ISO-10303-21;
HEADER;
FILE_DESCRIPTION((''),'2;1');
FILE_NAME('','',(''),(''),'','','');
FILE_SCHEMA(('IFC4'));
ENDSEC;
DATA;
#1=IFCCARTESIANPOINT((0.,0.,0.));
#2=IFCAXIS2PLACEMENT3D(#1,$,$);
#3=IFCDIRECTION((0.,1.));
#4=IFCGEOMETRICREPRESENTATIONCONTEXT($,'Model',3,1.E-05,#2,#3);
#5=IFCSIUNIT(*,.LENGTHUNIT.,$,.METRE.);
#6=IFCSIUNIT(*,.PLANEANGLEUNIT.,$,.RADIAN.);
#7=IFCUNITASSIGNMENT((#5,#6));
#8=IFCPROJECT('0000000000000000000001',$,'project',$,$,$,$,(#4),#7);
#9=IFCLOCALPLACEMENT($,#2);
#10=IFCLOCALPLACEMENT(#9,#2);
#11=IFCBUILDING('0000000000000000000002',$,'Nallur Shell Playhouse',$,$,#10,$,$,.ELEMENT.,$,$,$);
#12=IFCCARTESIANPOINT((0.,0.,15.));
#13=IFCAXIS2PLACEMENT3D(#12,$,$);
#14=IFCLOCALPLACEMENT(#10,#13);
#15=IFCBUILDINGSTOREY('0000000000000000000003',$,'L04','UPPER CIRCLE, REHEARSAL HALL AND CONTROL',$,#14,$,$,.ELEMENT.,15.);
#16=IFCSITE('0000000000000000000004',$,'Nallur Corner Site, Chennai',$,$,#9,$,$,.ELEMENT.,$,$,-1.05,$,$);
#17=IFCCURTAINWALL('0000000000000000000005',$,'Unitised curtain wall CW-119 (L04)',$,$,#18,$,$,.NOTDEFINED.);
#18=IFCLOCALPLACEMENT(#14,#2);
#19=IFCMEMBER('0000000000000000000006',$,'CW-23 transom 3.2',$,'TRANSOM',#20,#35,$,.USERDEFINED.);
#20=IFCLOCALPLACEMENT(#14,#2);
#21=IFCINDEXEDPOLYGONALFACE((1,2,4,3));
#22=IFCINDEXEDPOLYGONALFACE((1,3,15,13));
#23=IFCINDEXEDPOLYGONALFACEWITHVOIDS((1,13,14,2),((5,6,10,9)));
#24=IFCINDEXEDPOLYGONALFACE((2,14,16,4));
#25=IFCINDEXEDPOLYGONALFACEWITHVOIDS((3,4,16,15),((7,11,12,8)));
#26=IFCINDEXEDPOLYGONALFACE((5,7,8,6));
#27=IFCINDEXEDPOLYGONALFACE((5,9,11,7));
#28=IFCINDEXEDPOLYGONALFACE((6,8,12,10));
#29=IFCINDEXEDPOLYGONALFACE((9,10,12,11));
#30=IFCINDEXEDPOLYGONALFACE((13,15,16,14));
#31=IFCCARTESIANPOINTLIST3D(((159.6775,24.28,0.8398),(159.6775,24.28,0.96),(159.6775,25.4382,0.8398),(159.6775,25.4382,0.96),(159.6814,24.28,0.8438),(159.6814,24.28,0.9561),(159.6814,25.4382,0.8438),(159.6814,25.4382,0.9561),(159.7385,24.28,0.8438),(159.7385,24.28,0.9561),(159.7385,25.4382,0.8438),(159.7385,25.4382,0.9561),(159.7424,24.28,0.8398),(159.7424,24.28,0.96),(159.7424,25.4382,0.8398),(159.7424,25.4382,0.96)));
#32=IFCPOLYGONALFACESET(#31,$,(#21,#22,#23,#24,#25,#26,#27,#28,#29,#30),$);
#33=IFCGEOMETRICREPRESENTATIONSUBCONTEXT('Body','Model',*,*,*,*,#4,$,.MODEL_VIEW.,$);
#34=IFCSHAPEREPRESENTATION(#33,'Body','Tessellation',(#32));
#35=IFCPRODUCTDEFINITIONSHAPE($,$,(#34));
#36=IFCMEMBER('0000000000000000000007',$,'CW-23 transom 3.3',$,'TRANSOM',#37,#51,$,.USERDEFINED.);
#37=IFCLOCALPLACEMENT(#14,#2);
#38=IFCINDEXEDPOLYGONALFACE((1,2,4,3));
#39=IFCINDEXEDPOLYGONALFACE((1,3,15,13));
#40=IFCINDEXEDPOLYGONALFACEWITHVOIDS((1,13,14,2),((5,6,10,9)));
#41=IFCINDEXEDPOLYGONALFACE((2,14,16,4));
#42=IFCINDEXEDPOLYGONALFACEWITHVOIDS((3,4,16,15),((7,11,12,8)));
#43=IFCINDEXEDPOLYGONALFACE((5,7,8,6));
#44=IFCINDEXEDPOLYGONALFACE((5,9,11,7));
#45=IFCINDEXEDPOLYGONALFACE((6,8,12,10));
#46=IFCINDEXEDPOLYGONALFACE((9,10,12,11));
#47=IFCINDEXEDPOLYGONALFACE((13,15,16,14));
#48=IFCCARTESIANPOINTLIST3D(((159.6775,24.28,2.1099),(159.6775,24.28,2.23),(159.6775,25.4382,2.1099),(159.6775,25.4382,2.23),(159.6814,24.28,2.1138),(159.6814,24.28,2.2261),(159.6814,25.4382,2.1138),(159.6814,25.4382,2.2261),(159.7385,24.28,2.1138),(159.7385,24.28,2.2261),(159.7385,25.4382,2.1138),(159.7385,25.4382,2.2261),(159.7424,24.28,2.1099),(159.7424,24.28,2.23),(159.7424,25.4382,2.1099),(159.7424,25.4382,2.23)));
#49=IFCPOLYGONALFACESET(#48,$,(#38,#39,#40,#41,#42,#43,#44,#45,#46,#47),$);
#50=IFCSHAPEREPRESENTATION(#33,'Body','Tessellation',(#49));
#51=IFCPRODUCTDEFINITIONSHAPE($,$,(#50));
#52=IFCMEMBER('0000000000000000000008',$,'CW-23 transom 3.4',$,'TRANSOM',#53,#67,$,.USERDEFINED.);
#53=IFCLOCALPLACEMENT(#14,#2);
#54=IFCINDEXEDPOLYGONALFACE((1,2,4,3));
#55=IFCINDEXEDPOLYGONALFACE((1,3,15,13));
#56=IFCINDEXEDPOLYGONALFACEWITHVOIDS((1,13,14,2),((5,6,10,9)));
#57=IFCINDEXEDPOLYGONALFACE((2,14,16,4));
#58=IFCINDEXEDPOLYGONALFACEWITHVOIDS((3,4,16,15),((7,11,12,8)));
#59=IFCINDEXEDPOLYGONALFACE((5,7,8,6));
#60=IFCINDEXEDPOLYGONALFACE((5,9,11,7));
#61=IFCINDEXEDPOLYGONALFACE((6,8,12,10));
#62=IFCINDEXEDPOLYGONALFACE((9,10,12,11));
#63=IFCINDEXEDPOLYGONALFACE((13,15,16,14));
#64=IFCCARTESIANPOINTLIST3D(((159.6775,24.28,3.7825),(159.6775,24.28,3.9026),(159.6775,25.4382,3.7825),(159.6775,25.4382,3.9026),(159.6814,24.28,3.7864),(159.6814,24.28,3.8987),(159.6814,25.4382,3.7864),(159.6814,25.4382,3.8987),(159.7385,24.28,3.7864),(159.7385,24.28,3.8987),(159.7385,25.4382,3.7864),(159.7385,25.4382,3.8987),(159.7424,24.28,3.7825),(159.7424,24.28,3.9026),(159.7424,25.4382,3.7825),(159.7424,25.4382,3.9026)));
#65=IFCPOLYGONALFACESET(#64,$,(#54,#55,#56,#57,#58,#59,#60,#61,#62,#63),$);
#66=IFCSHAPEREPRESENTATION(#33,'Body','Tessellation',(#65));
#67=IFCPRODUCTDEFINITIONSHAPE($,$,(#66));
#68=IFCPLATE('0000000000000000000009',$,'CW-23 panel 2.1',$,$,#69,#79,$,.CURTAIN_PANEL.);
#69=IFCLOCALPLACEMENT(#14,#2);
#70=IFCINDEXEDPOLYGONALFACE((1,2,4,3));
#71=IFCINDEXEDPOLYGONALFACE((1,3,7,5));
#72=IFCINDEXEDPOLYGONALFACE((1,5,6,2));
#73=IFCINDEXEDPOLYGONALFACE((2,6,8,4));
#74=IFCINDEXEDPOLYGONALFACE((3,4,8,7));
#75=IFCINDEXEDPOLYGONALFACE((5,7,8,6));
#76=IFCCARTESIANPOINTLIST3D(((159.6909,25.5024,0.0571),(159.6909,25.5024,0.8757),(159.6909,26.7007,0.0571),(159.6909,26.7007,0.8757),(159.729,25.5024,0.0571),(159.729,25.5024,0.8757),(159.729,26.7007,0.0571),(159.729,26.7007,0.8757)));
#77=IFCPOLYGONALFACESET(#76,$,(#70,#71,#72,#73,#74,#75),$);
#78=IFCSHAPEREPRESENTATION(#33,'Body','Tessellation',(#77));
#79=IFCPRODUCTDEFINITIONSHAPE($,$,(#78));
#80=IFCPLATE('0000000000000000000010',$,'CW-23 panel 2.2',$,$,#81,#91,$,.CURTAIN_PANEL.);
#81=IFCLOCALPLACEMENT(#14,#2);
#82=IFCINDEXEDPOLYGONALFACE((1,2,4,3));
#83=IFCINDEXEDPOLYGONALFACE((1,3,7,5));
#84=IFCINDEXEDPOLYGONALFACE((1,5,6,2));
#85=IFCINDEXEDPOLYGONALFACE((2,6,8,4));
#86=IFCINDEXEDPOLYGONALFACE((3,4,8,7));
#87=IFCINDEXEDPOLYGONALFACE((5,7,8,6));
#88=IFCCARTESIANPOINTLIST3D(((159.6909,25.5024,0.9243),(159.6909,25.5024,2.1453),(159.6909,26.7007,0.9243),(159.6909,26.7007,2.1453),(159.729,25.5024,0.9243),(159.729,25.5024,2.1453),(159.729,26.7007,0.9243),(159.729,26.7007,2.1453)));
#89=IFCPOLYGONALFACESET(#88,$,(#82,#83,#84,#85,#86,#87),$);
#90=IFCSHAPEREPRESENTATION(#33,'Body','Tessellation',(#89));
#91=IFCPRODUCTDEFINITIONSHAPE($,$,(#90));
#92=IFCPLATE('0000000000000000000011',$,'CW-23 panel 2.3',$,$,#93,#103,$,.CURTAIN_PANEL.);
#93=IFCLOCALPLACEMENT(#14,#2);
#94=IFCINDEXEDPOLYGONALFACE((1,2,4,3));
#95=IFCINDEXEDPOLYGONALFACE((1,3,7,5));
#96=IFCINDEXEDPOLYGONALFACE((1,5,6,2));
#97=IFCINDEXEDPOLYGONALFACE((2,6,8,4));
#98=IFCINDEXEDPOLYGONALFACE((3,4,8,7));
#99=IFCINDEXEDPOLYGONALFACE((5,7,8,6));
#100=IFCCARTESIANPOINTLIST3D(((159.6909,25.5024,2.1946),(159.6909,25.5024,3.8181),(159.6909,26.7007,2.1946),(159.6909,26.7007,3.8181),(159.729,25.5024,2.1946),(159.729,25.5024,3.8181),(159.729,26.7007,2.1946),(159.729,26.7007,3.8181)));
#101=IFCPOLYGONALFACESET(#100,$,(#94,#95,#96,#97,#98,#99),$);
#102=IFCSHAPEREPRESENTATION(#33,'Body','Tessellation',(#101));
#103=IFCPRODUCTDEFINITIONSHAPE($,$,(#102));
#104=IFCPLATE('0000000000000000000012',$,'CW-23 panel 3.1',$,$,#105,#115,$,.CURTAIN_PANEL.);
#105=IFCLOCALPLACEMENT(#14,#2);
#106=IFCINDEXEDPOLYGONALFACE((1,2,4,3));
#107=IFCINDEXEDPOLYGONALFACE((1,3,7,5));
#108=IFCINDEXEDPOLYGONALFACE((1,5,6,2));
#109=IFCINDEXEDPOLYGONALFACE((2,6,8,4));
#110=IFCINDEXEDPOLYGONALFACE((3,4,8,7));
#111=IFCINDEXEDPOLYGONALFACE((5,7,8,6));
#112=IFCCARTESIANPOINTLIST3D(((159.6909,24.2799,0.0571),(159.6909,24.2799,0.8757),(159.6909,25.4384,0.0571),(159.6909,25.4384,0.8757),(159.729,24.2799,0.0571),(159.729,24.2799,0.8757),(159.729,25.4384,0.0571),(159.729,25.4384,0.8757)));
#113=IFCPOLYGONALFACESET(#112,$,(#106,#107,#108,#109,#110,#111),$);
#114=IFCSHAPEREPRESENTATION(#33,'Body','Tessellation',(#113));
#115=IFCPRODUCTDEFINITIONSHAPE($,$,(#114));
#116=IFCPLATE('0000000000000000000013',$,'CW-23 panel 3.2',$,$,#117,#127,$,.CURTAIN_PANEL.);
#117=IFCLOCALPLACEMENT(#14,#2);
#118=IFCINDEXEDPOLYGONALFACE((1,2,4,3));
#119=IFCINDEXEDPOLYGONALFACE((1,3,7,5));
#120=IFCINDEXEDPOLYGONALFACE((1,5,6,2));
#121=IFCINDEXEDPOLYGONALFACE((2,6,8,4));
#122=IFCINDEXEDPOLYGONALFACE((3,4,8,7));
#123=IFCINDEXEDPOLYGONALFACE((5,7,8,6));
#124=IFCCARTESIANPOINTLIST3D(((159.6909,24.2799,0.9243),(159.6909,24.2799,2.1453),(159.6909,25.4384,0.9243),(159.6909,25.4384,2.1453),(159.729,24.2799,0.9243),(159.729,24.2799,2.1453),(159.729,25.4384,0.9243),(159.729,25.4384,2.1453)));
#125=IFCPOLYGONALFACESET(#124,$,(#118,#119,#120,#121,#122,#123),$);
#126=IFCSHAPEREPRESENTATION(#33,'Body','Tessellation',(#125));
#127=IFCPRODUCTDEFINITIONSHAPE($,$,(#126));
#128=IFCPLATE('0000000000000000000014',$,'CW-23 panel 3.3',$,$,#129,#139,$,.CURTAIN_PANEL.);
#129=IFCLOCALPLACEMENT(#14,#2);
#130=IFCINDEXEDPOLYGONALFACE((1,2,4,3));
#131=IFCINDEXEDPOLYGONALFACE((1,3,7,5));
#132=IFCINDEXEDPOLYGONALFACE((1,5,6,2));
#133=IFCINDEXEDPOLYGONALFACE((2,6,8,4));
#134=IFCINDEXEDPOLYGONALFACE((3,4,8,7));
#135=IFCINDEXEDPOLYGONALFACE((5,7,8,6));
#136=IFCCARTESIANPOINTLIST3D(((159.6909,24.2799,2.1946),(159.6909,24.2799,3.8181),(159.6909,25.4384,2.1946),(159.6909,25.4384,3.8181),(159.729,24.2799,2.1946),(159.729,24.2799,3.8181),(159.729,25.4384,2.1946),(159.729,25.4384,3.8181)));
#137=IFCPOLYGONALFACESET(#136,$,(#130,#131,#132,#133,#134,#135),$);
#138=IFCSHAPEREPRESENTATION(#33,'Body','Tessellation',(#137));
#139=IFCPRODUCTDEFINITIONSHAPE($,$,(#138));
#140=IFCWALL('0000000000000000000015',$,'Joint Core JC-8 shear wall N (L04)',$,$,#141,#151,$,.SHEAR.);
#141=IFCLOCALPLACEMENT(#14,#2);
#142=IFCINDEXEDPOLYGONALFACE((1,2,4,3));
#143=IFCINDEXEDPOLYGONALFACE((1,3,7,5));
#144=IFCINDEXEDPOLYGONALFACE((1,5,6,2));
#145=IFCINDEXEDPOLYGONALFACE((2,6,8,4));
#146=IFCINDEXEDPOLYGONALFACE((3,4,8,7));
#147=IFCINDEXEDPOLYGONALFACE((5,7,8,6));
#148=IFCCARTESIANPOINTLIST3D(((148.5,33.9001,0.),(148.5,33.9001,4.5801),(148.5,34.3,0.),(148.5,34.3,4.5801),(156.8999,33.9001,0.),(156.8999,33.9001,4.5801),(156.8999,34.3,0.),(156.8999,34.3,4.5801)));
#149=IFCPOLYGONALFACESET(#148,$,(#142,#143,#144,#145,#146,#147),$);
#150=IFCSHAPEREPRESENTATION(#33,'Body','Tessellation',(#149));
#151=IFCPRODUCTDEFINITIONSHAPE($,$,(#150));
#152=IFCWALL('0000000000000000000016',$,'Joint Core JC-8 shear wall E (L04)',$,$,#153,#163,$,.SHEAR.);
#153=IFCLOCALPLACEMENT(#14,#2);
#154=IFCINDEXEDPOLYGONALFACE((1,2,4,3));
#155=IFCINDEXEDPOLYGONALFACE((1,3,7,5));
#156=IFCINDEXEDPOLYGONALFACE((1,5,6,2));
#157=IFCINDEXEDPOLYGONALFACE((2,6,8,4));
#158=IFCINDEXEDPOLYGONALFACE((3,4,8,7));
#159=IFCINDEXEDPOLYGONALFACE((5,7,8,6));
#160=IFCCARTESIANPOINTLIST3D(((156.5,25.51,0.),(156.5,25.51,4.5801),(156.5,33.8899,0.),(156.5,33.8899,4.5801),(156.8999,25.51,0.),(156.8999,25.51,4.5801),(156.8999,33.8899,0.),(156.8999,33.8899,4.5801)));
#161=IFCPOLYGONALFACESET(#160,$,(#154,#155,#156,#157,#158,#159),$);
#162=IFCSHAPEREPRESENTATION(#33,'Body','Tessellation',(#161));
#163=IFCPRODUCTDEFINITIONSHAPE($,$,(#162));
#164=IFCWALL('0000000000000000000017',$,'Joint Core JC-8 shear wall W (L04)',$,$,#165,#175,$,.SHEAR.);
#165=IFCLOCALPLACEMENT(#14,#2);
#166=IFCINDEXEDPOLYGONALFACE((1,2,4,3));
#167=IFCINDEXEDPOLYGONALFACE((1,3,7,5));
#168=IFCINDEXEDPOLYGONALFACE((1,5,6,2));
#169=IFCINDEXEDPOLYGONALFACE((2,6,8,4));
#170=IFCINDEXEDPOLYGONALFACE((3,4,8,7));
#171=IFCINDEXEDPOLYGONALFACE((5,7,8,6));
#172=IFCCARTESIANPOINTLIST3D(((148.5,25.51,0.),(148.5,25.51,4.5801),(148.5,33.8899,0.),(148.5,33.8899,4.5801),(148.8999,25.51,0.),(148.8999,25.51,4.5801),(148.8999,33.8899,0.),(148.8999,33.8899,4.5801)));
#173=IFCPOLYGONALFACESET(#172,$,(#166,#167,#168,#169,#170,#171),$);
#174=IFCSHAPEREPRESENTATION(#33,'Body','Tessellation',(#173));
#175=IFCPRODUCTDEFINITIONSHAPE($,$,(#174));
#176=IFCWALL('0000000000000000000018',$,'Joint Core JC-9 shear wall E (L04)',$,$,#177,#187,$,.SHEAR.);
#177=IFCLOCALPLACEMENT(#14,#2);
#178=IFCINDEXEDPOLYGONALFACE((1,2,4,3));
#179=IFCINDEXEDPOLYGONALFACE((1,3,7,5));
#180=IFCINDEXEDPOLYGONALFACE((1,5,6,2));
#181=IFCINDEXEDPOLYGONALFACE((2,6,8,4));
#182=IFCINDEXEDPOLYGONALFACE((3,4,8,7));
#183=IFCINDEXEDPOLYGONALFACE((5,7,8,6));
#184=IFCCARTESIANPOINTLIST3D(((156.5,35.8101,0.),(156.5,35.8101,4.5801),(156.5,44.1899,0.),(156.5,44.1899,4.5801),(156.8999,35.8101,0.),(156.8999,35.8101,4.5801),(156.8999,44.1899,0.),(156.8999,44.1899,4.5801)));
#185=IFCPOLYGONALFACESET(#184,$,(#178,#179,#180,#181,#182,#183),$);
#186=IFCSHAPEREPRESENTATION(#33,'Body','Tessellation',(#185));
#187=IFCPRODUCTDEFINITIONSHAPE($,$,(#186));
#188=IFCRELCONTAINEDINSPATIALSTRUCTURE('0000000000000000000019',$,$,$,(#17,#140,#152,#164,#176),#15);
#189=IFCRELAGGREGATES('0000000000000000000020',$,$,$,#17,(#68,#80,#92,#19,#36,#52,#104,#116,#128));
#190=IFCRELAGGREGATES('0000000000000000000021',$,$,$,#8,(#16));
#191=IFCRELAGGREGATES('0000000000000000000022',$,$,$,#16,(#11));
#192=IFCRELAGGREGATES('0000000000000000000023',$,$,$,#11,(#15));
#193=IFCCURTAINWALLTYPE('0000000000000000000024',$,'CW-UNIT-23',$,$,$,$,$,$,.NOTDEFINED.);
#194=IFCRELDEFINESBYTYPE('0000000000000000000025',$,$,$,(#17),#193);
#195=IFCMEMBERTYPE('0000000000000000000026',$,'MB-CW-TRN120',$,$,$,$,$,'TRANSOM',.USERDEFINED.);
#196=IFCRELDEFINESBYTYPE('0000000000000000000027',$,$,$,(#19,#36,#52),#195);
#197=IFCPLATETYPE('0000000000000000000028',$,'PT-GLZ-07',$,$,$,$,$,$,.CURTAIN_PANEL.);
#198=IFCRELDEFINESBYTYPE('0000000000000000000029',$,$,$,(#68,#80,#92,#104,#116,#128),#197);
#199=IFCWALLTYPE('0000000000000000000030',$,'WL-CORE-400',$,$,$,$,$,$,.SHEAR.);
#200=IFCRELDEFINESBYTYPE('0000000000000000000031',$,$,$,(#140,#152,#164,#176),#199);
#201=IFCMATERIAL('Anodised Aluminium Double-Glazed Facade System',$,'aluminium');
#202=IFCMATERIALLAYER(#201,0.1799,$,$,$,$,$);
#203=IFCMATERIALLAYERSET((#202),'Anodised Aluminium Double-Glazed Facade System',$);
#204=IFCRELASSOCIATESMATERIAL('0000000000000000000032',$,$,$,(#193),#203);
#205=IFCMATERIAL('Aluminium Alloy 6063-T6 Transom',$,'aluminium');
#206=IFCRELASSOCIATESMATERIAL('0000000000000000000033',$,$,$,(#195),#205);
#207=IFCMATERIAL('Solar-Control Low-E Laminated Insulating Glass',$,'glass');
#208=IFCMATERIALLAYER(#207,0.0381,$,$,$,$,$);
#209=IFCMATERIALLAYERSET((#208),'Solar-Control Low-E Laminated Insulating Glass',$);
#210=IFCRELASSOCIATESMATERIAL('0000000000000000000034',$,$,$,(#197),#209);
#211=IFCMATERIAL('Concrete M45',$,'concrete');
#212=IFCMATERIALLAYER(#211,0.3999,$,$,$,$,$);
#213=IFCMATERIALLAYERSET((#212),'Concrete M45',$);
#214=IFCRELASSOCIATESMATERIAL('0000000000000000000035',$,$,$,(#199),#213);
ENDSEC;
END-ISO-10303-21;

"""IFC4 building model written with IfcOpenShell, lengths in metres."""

from ifc_helpers import new_model, si_unit, direction, frame, frame_2d, origin, origin_2d, place, context, subcontext, project, spatial, rectangle, hollow_rectangle, extrude, material, layer, layer_set, material_profile, profile_set, type_object, element, aggregate, save


model = new_model("IFC4")

# Units and contexts
model_context = context("Model", 3, precision=1e-05, world=origin(), true_north=direction((0.0, 1.0)))
body_context = subcontext(model_context, "Body", "Model", "MODEL_VIEW")
ifc_project = project(units=[si_unit("LENGTHUNIT", "METRE"), si_unit("PLANEANGLEUNIT", "RADIAN")], contexts=[model_context])

# Site, building, storey
site_placement = place(None, origin())
site = spatial("IfcSite", under=ifc_project, at=site_placement, Name="Nallur Corner Site, Chennai", CompositionType="ELEMENT", RefElevation=-1.05)
building_placement = place(site_placement, origin())
building = spatial("IfcBuilding", under=site, at=building_placement, Name="Nallur Shell Playhouse", CompositionType="ELEMENT")
storey_placement = place(building_placement, frame((0.0, 0.0, 15.0)))
storey = spatial("IfcBuildingStorey", under=building, at=storey_placement, Name="L04", Description="UPPER CIRCLE, REHEARSAL HALL AND CONTROL", CompositionType="ELEMENT", Elevation=15.0)

# Curtain wall, members, plates
ifc_material_1 = material(Name="Anodised Aluminium Double-Glazed Facade System", Category="aluminium")
ifc_layer_1 = layer(ifc_material_1, 0.1799)
ifc_layer_set_1 = layer_set([ifc_layer_1], Name="Anodised Aluminium Double-Glazed Facade System")
curtain_wall_type = type_object("IfcCurtainWallType", Name="CW-UNIT-23", PredefinedType="NOTDEFINED", material=ifc_layer_set_1)
curtain_wall_placement = place(storey_placement, origin())
curtain_wall = element("IfcCurtainWall", 1, at=curtain_wall_placement, inside=storey, type_object=curtain_wall_type, Name="Unitised curtain wall CW-119 (L04)", PredefinedType="NOTDEFINED")
ifc_material_2 = material(Name="Aluminium Alloy 6063-T6 Transom", Category="aluminium")
ifc_material_profile_1 = material_profile(ifc_material_2, hollow_rectangle(XDim=0.0649, YDim=0.1201, WallThickness=0.0039, at=origin_2d()), Name="ALU 65x120x4")
ifc_profile_set_1 = profile_set([ifc_material_profile_1], Name="Aluminium Alloy 6063-T6 Transom")
member_type_1 = type_object("IfcMemberType", Name="MB-CW-TRN120", ElementType="TRANSOM", PredefinedType="USERDEFINED", material=ifc_profile_set_1)
member_1_placement = place(storey_placement, frame((159.71, 25.4382, 0.8999), z_axis=(0.0, -1.0, 0.0), x_axis=(1.0, 0.0, 0.0)))
member_1 = element("IfcMember", 2, at=member_1_placement, type_object=member_type_1, Name="CW-23 transom 3.2", ObjectType="TRANSOM", PredefinedType="USERDEFINED", context=body_context, shape_type="SweptSolid", body=[
    extrude(hollow_rectangle(XDim=0.0649, YDim=0.1201, WallThickness=0.0039, at=origin_2d()), origin(), (0.0, 0.0, 1.0), 1.1582),
])
member_2_placement = place(storey_placement, frame((159.71, 25.4382, 2.1699), z_axis=(0.0, -1.0, 0.0), x_axis=(1.0, 0.0, 0.0)))
member_2 = element("IfcMember", 3, at=member_2_placement, type_object=member_type_1, Name="CW-23 transom 3.3", ObjectType="TRANSOM", PredefinedType="USERDEFINED", context=body_context, shape_type="SweptSolid", body=[
    extrude(hollow_rectangle(XDim=0.0649, YDim=0.1201, WallThickness=0.0039, at=origin_2d()), origin(), (0.0, 0.0, 1.0), 1.1582),
])
member_3_placement = place(storey_placement, frame((159.71, 25.4382, 3.8425), z_axis=(0.0, -1.0, 0.0), x_axis=(1.0, 0.0, 0.0)))
member_3 = element("IfcMember", 4, at=member_3_placement, type_object=member_type_1, Name="CW-23 transom 3.4", ObjectType="TRANSOM", PredefinedType="USERDEFINED", context=body_context, shape_type="SweptSolid", body=[
    extrude(hollow_rectangle(XDim=0.0649, YDim=0.1201, WallThickness=0.0039, at=origin_2d()), origin(), (0.0, 0.0, 1.0), 1.1582),
])
ifc_material_3 = material(Name="Solar-Control Low-E Laminated Insulating Glass", Category="glass")
ifc_layer_2 = layer(ifc_material_3, 0.0381)
ifc_layer_set_2 = layer_set([ifc_layer_2], Name="Solar-Control Low-E Laminated Insulating Glass")
plate_type = type_object("IfcPlateType", Name="PT-GLZ-07", PredefinedType="CURTAIN_PANEL", material=ifc_layer_set_2)
plate_1_placement = place(storey_placement, frame((159.71, 26.1016, 0.0571), z_axis=(0.0, 0.0, 1.0), x_axis=(0.0, -1.0, 0.0)))
plate_1 = element("IfcPlate", 5, at=plate_1_placement, type_object=plate_type, Name="CW-23 panel 2.1", PredefinedType="CURTAIN_PANEL", context=body_context, shape_type="SweptSolid", body=[
    extrude(rectangle(XDim=1.1982, YDim=0.0381, at=origin_2d()), origin(), (0.0, 0.0, 1.0), 0.8186),
])
plate_2_placement = place(storey_placement, frame((159.71, 26.1016, 0.9243), z_axis=(0.0, 0.0, 1.0), x_axis=(0.0, -1.0, 0.0)))
plate_2 = element("IfcPlate", 6, at=plate_2_placement, type_object=plate_type, Name="CW-23 panel 2.2", PredefinedType="CURTAIN_PANEL", context=body_context, shape_type="SweptSolid", body=[
    extrude(rectangle(XDim=1.1982, YDim=0.0381, at=origin_2d()), origin(), (0.0, 0.0, 1.0), 1.2209),
])
plate_3_placement = place(storey_placement, frame((159.71, 26.1016, 2.1946), z_axis=(0.0, 0.0, 1.0), x_axis=(0.0, -1.0, 0.0)))
plate_3 = element("IfcPlate", 7, at=plate_3_placement, type_object=plate_type, Name="CW-23 panel 2.3", PredefinedType="CURTAIN_PANEL", context=body_context, shape_type="SweptSolid", body=[
    extrude(rectangle(XDim=1.1982, YDim=0.0381, at=origin_2d()), origin(), (0.0, 0.0, 1.0), 1.6235),
])
plate_4_placement = place(storey_placement, frame((159.71, 24.8591, 0.0571), z_axis=(0.0, 0.0, 1.0), x_axis=(0.0, -1.0, 0.0)))
plate_4 = element("IfcPlate", 8, at=plate_4_placement, type_object=plate_type, Name="CW-23 panel 3.1", PredefinedType="CURTAIN_PANEL", context=body_context, shape_type="SweptSolid", body=[
    extrude(rectangle(XDim=1.1584, YDim=0.0381, at=origin_2d()), origin(), (0.0, 0.0, 1.0), 0.8186),
])
plate_5_placement = place(storey_placement, frame((159.71, 24.8591, 0.9243), z_axis=(0.0, 0.0, 1.0), x_axis=(0.0, -1.0, 0.0)))
plate_5 = element("IfcPlate", 9, at=plate_5_placement, type_object=plate_type, Name="CW-23 panel 3.2", PredefinedType="CURTAIN_PANEL", context=body_context, shape_type="SweptSolid", body=[
    extrude(rectangle(XDim=1.1584, YDim=0.0381, at=origin_2d()), origin(), (0.0, 0.0, 1.0), 1.2209),
])
plate_6_placement = place(storey_placement, frame((159.71, 24.8591, 2.1946), z_axis=(0.0, 0.0, 1.0), x_axis=(0.0, -1.0, 0.0)))
plate_6 = element("IfcPlate", 10, at=plate_6_placement, type_object=plate_type, Name="CW-23 panel 3.3", PredefinedType="CURTAIN_PANEL", context=body_context, shape_type="SweptSolid", body=[
    extrude(rectangle(XDim=1.1584, YDim=0.0381, at=origin_2d()), origin(), (0.0, 0.0, 1.0), 1.6235),
])
aggregate(curtain_wall, [plate_1, plate_2, plate_3, member_1, member_2, member_3, plate_4, plate_5, plate_6])

# Shared definitions
ifc_material_4 = material(Name="Concrete M45", Category="concrete")
ifc_layer_3 = layer(ifc_material_4, 0.3999)
ifc_layer_set_3 = layer_set([ifc_layer_3], Name="Concrete M45")
wall_type_1 = type_object("IfcWallType", Name="WL-CORE-400", PredefinedType="SHEAR", material=ifc_layer_set_3)

# Walls
wall_1_placement = place(storey_placement, frame((156.8999, 34.1001, 0.0), z_axis=(0.0, 0.0, 1.0), x_axis=(-1.0, 0.0, 0.0)))
element("IfcWall", 11, at=wall_1_placement, inside=storey, type_object=wall_type_1, Name="Joint Core JC-8 shear wall N (L04)", PredefinedType="SHEAR", context=body_context, shape_type="SweptSolid", body=[
    extrude(rectangle(XDim=8.3999, YDim=0.3999, at=frame_2d((4.2, 0.0))), origin(), (0.0, 0.0, 1.0), 4.5801),
])
for number, where, z_axis, x_axis, name in (
    (12, (156.7, 25.51, 0.0), (0.0, 0.0, 1.0), (0.0, 1.0, 0.0), "Joint Core JC-8 shear wall E (L04)"),
    (13, (148.7, 33.8899, 0.0), (0.0, 0.0, 1.0), (0.0, -1.0, 0.0), "Joint Core JC-8 shear wall W (L04)"),
):
    element("IfcWall", number, at=place(storey_placement, frame(where, z_axis=z_axis, x_axis=x_axis)), inside=storey, type_object=wall_type_1, Name=name, PredefinedType="SHEAR", context=body_context, shape_type="SweptSolid", body=[
        extrude(rectangle(XDim=8.3799, YDim=0.3999, at=frame_2d((4.1899, 0.0))), origin(), (0.0, 0.0, 1.0), 4.5801),
    ])

# Wall
wall_2_placement = place(storey_placement, frame((156.7, 35.8101, 0.0), z_axis=(0.0, 0.0, 1.0), x_axis=(0.0, 1.0, 0.0)))
element("IfcWall", 14, at=wall_2_placement, inside=storey, type_object=wall_type_1, Name="Joint Core JC-9 shear wall E (L04)", PredefinedType="SHEAR", context=body_context, shape_type="SweptSolid", body=[
    extrude(rectangle(XDim=8.3799, YDim=0.3999, at=frame_2d((4.1899, 0.0))), origin(), (0.0, 0.0, 1.0), 4.5801),
])

save(model, "model.ifc")
